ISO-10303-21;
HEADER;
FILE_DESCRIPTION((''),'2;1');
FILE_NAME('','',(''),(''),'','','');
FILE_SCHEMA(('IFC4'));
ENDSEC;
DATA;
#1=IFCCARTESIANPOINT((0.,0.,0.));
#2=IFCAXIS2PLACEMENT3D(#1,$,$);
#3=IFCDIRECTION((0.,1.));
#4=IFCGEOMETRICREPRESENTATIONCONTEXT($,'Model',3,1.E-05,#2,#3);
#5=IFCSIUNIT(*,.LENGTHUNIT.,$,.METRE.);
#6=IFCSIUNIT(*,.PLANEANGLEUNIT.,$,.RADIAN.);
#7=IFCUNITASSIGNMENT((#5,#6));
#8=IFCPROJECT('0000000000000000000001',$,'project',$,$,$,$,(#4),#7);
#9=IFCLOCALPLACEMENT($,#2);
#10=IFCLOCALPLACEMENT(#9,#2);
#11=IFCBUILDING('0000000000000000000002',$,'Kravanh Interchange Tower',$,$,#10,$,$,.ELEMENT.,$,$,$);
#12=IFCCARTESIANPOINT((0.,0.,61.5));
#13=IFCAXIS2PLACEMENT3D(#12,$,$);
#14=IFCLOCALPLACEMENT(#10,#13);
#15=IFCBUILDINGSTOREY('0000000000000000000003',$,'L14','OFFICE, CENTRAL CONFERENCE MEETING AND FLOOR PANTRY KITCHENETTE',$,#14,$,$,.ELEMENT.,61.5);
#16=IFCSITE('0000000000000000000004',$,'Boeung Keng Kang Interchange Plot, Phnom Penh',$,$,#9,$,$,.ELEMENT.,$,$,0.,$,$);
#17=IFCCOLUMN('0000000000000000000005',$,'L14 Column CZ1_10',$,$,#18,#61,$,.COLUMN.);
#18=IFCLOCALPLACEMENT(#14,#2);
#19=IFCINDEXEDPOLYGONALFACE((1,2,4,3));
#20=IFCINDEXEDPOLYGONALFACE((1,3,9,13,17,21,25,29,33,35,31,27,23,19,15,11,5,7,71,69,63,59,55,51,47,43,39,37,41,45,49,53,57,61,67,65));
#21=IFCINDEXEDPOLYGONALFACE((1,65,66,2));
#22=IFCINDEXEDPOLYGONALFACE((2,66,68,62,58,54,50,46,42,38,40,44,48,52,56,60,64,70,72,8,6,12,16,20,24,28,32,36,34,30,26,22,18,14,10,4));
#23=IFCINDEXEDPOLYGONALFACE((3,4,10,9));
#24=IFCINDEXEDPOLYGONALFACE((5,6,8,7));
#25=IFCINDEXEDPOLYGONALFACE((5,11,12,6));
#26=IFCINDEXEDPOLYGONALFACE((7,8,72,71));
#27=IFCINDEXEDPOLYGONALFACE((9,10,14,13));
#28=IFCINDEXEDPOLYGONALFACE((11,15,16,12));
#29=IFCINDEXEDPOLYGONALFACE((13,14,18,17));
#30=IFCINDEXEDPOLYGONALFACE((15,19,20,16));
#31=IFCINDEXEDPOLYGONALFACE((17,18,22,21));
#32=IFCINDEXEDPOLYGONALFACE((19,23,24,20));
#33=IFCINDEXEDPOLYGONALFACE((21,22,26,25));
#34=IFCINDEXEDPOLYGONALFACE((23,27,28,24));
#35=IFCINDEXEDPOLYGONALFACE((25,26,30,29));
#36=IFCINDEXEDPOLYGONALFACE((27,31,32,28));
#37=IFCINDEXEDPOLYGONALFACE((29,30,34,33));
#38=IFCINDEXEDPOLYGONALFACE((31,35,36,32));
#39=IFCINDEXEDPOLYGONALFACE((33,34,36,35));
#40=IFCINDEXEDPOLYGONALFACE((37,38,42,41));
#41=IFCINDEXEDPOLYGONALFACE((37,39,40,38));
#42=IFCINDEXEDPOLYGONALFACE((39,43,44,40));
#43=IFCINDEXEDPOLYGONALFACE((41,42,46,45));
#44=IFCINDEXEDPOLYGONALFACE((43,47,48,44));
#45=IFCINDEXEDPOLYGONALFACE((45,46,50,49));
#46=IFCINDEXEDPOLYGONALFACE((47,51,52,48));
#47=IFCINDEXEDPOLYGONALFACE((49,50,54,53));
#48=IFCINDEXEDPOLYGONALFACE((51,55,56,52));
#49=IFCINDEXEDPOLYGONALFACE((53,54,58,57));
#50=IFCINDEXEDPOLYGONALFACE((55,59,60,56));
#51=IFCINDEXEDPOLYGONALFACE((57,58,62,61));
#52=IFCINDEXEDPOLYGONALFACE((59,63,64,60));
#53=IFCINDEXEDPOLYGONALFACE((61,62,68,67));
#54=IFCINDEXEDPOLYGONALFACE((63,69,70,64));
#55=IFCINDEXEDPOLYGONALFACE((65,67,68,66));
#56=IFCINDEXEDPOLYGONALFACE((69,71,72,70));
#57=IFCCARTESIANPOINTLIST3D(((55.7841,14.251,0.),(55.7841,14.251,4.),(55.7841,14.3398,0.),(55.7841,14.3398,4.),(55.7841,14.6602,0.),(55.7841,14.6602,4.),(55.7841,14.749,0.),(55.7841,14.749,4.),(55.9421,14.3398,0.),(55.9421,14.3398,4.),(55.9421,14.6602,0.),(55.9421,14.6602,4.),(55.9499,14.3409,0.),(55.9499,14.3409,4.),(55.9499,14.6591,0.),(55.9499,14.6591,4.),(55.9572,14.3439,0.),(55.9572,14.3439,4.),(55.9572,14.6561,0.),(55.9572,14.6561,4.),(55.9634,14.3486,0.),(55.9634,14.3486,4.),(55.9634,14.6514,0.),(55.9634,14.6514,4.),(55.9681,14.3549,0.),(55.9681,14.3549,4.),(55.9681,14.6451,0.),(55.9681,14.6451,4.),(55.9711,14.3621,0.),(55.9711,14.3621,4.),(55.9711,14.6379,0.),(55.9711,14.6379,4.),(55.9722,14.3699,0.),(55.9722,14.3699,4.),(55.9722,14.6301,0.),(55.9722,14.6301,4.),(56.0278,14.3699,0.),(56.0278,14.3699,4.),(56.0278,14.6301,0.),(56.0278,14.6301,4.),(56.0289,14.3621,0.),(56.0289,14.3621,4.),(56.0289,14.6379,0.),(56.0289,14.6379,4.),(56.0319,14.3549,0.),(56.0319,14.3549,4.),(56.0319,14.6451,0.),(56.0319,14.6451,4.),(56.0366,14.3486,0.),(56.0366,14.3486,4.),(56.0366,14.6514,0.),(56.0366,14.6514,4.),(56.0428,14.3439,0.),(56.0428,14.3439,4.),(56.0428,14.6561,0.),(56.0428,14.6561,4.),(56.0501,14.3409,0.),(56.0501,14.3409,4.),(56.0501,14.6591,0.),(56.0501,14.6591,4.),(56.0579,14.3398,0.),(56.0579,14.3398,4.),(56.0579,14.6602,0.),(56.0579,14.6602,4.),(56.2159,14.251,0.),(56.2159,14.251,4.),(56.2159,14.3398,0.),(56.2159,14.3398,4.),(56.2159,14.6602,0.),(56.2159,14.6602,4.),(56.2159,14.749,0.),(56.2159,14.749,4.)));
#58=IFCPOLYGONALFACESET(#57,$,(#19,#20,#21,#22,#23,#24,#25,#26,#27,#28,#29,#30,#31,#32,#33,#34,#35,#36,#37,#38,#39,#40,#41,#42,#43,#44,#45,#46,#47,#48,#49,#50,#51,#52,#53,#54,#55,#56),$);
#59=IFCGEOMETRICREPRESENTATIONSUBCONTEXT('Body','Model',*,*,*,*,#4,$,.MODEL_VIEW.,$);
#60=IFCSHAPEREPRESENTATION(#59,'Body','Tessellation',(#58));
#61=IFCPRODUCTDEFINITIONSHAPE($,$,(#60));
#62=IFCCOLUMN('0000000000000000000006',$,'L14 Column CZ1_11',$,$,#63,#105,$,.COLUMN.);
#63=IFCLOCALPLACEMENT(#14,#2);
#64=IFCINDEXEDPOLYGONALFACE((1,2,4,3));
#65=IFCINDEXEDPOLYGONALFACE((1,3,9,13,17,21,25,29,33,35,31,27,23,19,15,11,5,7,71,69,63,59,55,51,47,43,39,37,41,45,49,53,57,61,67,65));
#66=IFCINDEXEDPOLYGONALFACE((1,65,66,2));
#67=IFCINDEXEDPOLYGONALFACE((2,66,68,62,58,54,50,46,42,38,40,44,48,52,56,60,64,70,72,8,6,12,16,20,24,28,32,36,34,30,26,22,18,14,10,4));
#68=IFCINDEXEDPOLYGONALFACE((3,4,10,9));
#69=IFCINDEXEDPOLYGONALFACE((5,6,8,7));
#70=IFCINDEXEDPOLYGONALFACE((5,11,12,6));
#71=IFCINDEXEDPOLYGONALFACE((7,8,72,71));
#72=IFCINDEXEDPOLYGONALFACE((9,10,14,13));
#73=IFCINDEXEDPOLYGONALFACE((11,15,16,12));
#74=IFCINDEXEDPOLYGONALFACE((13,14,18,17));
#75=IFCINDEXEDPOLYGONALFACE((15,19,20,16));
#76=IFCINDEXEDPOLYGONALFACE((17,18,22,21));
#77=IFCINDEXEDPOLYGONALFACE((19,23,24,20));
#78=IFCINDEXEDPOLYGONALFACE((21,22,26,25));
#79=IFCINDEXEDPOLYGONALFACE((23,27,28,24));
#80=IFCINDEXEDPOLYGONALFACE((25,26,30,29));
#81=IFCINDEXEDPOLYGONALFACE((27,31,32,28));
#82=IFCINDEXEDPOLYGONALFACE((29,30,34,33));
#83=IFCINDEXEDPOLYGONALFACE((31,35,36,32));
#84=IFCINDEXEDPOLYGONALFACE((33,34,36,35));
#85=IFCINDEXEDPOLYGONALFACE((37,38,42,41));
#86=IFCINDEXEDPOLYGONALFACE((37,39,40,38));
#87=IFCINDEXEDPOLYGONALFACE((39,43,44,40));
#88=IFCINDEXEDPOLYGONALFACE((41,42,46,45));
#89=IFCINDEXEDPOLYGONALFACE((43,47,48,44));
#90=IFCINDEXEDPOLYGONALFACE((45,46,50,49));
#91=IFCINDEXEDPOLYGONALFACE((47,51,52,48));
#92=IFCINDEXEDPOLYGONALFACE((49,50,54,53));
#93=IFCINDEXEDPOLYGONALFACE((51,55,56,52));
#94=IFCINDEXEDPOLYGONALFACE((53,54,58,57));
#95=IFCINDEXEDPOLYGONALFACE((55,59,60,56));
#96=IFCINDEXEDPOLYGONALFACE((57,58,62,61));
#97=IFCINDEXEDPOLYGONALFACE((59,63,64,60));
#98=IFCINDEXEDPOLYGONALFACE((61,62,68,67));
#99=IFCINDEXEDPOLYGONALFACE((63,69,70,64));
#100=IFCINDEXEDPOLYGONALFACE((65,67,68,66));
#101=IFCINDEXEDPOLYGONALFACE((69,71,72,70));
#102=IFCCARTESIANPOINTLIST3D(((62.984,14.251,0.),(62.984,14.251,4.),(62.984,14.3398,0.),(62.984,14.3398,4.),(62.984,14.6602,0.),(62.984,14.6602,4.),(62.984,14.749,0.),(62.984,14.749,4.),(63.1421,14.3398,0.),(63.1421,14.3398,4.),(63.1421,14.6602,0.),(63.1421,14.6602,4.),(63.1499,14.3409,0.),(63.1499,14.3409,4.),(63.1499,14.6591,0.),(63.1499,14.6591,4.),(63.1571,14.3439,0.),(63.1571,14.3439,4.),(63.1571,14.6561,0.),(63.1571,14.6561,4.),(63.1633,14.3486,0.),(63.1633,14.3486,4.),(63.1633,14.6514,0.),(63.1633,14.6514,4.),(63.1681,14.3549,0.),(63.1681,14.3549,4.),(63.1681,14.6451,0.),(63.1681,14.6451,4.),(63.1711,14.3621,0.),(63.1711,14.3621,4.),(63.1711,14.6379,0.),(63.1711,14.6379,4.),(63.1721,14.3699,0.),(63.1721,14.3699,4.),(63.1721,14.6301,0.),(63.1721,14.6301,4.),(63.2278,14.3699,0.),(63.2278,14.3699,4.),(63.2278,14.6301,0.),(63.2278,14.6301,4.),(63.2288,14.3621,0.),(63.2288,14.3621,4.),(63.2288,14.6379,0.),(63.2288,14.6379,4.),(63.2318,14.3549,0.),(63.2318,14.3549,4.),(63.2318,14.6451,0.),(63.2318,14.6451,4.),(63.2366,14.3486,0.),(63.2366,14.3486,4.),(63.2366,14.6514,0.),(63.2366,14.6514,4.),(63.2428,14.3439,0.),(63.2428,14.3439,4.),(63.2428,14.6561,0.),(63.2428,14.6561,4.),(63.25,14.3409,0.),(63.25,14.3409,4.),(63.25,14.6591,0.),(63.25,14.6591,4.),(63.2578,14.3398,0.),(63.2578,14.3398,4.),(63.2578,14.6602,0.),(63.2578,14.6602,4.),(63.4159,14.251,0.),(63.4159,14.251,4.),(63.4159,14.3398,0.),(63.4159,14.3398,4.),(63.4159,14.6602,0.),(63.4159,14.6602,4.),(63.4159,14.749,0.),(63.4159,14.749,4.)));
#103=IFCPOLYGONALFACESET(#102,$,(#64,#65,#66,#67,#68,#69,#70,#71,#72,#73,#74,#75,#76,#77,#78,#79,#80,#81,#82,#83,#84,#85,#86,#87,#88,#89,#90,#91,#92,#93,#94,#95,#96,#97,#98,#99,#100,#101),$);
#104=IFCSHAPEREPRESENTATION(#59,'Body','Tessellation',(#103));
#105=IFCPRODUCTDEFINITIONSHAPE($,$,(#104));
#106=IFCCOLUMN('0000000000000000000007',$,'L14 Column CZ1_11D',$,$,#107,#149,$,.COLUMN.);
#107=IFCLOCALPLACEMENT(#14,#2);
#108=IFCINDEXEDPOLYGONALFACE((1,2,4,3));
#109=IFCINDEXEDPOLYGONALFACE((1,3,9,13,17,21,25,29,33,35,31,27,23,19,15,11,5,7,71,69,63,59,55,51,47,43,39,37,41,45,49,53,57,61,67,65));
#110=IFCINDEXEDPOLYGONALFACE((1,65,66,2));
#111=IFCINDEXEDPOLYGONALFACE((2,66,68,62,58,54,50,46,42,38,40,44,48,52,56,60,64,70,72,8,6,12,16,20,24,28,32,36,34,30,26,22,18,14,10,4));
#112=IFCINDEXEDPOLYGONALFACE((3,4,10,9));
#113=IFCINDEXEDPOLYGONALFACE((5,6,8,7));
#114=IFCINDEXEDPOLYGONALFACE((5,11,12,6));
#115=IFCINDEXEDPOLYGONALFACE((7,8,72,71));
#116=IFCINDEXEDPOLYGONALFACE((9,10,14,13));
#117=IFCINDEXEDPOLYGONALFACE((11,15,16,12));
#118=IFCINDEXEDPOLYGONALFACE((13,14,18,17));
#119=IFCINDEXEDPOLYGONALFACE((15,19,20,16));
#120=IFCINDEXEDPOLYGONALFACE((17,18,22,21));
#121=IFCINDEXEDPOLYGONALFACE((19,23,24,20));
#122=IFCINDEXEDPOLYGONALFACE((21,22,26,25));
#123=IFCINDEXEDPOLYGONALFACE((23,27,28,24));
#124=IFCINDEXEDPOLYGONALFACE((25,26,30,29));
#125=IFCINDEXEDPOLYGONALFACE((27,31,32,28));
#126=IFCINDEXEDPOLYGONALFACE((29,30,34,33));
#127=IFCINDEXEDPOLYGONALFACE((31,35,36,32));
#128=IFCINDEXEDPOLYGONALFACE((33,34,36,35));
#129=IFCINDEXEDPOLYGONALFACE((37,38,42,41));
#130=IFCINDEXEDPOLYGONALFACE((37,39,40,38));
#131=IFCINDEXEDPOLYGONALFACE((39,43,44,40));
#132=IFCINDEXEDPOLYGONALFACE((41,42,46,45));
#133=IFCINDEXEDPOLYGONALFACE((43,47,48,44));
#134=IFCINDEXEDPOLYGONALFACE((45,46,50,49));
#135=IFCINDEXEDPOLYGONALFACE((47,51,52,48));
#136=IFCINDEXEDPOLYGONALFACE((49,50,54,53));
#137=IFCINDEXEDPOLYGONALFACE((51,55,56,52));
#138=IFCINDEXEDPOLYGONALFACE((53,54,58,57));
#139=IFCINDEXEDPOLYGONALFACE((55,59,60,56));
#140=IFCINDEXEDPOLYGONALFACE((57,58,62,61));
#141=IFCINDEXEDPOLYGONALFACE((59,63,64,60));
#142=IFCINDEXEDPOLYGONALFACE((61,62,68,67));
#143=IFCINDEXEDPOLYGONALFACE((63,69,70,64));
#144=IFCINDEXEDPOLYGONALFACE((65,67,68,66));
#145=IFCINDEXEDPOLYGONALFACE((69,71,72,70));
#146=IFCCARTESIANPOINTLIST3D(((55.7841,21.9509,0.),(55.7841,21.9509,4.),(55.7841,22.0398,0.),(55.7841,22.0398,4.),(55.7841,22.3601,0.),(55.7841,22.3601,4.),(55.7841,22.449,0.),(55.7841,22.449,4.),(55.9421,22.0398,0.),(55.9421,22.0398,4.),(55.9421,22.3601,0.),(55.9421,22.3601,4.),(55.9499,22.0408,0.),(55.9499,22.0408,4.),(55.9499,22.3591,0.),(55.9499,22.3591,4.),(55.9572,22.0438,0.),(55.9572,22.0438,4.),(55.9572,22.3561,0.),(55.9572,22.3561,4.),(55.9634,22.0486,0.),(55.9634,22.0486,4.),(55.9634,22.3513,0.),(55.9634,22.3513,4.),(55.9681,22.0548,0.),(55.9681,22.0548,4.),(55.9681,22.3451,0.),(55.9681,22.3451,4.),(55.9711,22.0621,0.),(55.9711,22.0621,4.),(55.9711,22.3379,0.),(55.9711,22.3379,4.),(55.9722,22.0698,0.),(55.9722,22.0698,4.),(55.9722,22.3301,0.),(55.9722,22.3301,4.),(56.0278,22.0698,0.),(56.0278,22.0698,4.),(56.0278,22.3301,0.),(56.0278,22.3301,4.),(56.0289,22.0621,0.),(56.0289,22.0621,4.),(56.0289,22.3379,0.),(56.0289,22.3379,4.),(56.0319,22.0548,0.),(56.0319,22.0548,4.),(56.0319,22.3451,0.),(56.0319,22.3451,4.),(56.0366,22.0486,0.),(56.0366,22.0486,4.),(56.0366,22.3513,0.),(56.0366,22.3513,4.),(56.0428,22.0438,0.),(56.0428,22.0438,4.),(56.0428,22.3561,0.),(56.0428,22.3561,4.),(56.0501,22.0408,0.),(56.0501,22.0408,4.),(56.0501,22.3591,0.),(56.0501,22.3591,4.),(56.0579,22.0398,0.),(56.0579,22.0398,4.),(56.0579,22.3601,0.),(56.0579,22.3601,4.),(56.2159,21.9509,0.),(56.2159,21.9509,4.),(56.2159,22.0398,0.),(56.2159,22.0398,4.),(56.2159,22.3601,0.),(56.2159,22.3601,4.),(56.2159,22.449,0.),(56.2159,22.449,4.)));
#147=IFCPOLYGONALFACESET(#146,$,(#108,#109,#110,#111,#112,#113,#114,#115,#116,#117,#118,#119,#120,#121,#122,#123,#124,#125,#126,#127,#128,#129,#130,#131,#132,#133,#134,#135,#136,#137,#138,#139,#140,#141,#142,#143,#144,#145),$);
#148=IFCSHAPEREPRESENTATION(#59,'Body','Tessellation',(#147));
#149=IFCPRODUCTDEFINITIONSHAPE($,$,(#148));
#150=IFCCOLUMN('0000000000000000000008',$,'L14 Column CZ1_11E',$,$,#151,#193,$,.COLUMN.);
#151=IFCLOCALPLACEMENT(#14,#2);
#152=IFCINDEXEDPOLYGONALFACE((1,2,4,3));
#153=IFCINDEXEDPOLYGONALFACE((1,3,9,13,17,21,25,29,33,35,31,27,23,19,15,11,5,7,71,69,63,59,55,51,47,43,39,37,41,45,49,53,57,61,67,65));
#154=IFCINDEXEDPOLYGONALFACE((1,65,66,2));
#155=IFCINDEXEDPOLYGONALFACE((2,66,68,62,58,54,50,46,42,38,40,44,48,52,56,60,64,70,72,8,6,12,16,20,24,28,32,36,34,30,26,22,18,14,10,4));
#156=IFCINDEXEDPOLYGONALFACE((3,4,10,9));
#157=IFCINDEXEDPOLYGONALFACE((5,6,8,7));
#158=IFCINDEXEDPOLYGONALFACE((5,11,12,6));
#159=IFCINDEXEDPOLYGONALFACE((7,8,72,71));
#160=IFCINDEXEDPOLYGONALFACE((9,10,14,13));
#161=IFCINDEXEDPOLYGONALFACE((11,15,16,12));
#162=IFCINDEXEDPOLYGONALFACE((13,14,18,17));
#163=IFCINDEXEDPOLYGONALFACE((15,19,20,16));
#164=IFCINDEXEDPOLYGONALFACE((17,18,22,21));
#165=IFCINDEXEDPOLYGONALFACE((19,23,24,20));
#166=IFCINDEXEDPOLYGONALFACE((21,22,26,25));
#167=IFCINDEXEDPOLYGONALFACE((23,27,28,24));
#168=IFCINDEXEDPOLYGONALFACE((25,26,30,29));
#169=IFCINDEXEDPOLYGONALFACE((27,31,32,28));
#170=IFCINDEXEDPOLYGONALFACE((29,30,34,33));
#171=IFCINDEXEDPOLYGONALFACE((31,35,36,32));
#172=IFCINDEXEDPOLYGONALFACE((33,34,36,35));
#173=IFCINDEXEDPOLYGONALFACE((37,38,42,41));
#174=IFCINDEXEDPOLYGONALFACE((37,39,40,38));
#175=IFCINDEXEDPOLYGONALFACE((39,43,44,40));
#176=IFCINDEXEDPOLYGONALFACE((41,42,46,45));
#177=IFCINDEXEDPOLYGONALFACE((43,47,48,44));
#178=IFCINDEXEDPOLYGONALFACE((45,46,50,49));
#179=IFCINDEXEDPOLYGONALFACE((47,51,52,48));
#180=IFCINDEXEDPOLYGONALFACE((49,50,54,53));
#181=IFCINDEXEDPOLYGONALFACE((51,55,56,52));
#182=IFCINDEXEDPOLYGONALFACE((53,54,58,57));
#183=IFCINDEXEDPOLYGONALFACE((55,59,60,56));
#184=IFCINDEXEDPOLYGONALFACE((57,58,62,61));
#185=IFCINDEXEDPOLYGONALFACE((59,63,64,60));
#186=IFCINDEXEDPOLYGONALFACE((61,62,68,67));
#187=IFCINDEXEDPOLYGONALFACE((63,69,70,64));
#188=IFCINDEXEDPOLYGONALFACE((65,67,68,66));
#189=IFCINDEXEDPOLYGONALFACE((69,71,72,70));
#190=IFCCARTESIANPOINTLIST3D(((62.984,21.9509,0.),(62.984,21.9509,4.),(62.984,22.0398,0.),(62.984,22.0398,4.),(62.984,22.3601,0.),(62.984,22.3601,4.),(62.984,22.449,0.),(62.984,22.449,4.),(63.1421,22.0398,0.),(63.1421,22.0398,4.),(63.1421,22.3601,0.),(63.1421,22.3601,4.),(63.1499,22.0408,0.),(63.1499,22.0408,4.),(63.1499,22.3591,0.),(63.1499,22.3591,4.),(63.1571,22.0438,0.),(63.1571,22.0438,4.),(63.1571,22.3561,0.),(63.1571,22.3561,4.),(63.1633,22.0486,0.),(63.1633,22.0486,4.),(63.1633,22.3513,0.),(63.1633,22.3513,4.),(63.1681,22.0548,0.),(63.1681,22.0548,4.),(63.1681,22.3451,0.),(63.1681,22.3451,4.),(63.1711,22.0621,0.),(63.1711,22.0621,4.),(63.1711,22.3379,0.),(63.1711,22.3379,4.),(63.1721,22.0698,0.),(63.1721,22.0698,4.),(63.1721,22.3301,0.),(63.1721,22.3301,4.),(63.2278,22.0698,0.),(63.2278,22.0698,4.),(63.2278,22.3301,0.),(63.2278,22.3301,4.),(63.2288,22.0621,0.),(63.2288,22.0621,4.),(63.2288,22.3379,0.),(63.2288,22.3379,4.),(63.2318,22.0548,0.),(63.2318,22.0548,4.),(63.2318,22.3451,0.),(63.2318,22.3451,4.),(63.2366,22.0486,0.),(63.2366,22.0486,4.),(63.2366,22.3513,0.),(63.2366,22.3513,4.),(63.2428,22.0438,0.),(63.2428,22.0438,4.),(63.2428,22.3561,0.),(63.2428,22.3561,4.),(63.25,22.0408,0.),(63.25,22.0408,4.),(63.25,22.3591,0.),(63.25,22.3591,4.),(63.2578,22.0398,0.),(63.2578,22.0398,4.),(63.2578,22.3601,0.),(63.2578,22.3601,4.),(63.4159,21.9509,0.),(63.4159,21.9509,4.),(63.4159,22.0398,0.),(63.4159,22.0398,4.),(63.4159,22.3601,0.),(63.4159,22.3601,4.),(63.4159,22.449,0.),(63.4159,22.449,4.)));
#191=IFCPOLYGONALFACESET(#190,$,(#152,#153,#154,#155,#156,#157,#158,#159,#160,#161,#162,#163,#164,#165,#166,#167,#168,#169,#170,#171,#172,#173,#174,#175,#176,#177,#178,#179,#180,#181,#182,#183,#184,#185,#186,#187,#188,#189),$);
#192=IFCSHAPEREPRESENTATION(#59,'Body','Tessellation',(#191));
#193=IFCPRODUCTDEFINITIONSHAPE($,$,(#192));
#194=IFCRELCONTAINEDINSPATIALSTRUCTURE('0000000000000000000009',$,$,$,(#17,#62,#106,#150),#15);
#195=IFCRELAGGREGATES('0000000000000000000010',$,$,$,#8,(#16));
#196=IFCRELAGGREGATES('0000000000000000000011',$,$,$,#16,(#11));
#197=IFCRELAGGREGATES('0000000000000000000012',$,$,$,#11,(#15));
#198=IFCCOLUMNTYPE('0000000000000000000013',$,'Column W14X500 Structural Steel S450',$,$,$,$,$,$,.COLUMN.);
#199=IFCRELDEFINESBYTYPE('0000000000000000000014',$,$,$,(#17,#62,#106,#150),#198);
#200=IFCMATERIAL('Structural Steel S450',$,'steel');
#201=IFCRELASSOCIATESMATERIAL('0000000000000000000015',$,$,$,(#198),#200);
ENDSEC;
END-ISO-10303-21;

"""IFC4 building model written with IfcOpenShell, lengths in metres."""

from ifc_helpers import new_model, si_unit, direction, frame, origin, origin_2d, place, context, subcontext, project, spatial, i_section, extrude, material, material_profile, profile_set, type_object, element, save


model = new_model("IFC4")

# Units and contexts
model_context = context("Model", 3, precision=1e-05, world=origin(), true_north=direction((0.0, 1.0)))
body_context = subcontext(model_context, "Body", "Model", "MODEL_VIEW")
ifc_project = project(units=[si_unit("LENGTHUNIT", "METRE"), si_unit("PLANEANGLEUNIT", "RADIAN")], contexts=[model_context])

# Site, building, storey
site_placement = place(None, origin())
site = spatial("IfcSite", under=ifc_project, at=site_placement, Name="Boeung Keng Kang Interchange Plot, Phnom Penh", CompositionType="ELEMENT", RefElevation=0.0)
building_placement = place(site_placement, origin())
building = spatial("IfcBuilding", under=site, at=building_placement, Name="Kravanh Interchange Tower", CompositionType="ELEMENT")
storey_placement = place(building_placement, frame((0.0, 0.0, 61.5)))
storey = spatial("IfcBuildingStorey", under=building, at=storey_placement, Name="L14", Description="OFFICE, CENTRAL CONFERENCE MEETING AND FLOOR PANTRY KITCHENETTE", CompositionType="ELEMENT", Elevation=61.5)

# Columns
ifc_material_1 = material(Name="Structural Steel S450", Category="steel")
ifc_material_profile_1 = material_profile(ifc_material_1, i_section(OverallWidth=0.4319, OverallDepth=0.498, WebThickness=0.0557, FlangeThickness=0.0889, FilletRadius=0.03, at=origin_2d()), Name="W14X500")
ifc_profile_set_1 = profile_set([ifc_material_profile_1], Name="Structural Steel S450")
column_type = type_object("IfcColumnType", Name="Column W14X500 Structural Steel S450", PredefinedType="COLUMN", material=ifc_profile_set_1)
for number, where, z_axis, x_axis, name in (
    (1, (56.0, 14.5, 0.0), (0.0, 0.0, 1.0), (1.0, 0.0, 0.0), "L14 Column CZ1_10"),
    (2, (63.2, 14.5, 0.0), (0.0, 0.0, 1.0), (1.0, 0.0, 0.0), "L14 Column CZ1_11"),
    (3, (56.0, 22.2, 0.0), (0.0, 0.0, 1.0), (1.0, 0.0, 0.0), "L14 Column CZ1_11D"),
    (4, (63.2, 22.2, 0.0), (0.0, 0.0, 1.0), (1.0, 0.0, 0.0), "L14 Column CZ1_11E"),
):
    element("IfcColumn", number, at=place(storey_placement, frame(where, z_axis=z_axis, x_axis=x_axis)), inside=storey, type_object=column_type, Name=name, PredefinedType="COLUMN", context=body_context, shape_type="SweptSolid", body=[
        extrude(i_section(OverallWidth=0.4319, OverallDepth=0.498, WebThickness=0.0557, FlangeThickness=0.0889, FilletRadius=0.03, at=origin_2d()), origin(), (0.0, 0.0, 1.0), 4.0),
    ])

save(model, "model.ifc")
